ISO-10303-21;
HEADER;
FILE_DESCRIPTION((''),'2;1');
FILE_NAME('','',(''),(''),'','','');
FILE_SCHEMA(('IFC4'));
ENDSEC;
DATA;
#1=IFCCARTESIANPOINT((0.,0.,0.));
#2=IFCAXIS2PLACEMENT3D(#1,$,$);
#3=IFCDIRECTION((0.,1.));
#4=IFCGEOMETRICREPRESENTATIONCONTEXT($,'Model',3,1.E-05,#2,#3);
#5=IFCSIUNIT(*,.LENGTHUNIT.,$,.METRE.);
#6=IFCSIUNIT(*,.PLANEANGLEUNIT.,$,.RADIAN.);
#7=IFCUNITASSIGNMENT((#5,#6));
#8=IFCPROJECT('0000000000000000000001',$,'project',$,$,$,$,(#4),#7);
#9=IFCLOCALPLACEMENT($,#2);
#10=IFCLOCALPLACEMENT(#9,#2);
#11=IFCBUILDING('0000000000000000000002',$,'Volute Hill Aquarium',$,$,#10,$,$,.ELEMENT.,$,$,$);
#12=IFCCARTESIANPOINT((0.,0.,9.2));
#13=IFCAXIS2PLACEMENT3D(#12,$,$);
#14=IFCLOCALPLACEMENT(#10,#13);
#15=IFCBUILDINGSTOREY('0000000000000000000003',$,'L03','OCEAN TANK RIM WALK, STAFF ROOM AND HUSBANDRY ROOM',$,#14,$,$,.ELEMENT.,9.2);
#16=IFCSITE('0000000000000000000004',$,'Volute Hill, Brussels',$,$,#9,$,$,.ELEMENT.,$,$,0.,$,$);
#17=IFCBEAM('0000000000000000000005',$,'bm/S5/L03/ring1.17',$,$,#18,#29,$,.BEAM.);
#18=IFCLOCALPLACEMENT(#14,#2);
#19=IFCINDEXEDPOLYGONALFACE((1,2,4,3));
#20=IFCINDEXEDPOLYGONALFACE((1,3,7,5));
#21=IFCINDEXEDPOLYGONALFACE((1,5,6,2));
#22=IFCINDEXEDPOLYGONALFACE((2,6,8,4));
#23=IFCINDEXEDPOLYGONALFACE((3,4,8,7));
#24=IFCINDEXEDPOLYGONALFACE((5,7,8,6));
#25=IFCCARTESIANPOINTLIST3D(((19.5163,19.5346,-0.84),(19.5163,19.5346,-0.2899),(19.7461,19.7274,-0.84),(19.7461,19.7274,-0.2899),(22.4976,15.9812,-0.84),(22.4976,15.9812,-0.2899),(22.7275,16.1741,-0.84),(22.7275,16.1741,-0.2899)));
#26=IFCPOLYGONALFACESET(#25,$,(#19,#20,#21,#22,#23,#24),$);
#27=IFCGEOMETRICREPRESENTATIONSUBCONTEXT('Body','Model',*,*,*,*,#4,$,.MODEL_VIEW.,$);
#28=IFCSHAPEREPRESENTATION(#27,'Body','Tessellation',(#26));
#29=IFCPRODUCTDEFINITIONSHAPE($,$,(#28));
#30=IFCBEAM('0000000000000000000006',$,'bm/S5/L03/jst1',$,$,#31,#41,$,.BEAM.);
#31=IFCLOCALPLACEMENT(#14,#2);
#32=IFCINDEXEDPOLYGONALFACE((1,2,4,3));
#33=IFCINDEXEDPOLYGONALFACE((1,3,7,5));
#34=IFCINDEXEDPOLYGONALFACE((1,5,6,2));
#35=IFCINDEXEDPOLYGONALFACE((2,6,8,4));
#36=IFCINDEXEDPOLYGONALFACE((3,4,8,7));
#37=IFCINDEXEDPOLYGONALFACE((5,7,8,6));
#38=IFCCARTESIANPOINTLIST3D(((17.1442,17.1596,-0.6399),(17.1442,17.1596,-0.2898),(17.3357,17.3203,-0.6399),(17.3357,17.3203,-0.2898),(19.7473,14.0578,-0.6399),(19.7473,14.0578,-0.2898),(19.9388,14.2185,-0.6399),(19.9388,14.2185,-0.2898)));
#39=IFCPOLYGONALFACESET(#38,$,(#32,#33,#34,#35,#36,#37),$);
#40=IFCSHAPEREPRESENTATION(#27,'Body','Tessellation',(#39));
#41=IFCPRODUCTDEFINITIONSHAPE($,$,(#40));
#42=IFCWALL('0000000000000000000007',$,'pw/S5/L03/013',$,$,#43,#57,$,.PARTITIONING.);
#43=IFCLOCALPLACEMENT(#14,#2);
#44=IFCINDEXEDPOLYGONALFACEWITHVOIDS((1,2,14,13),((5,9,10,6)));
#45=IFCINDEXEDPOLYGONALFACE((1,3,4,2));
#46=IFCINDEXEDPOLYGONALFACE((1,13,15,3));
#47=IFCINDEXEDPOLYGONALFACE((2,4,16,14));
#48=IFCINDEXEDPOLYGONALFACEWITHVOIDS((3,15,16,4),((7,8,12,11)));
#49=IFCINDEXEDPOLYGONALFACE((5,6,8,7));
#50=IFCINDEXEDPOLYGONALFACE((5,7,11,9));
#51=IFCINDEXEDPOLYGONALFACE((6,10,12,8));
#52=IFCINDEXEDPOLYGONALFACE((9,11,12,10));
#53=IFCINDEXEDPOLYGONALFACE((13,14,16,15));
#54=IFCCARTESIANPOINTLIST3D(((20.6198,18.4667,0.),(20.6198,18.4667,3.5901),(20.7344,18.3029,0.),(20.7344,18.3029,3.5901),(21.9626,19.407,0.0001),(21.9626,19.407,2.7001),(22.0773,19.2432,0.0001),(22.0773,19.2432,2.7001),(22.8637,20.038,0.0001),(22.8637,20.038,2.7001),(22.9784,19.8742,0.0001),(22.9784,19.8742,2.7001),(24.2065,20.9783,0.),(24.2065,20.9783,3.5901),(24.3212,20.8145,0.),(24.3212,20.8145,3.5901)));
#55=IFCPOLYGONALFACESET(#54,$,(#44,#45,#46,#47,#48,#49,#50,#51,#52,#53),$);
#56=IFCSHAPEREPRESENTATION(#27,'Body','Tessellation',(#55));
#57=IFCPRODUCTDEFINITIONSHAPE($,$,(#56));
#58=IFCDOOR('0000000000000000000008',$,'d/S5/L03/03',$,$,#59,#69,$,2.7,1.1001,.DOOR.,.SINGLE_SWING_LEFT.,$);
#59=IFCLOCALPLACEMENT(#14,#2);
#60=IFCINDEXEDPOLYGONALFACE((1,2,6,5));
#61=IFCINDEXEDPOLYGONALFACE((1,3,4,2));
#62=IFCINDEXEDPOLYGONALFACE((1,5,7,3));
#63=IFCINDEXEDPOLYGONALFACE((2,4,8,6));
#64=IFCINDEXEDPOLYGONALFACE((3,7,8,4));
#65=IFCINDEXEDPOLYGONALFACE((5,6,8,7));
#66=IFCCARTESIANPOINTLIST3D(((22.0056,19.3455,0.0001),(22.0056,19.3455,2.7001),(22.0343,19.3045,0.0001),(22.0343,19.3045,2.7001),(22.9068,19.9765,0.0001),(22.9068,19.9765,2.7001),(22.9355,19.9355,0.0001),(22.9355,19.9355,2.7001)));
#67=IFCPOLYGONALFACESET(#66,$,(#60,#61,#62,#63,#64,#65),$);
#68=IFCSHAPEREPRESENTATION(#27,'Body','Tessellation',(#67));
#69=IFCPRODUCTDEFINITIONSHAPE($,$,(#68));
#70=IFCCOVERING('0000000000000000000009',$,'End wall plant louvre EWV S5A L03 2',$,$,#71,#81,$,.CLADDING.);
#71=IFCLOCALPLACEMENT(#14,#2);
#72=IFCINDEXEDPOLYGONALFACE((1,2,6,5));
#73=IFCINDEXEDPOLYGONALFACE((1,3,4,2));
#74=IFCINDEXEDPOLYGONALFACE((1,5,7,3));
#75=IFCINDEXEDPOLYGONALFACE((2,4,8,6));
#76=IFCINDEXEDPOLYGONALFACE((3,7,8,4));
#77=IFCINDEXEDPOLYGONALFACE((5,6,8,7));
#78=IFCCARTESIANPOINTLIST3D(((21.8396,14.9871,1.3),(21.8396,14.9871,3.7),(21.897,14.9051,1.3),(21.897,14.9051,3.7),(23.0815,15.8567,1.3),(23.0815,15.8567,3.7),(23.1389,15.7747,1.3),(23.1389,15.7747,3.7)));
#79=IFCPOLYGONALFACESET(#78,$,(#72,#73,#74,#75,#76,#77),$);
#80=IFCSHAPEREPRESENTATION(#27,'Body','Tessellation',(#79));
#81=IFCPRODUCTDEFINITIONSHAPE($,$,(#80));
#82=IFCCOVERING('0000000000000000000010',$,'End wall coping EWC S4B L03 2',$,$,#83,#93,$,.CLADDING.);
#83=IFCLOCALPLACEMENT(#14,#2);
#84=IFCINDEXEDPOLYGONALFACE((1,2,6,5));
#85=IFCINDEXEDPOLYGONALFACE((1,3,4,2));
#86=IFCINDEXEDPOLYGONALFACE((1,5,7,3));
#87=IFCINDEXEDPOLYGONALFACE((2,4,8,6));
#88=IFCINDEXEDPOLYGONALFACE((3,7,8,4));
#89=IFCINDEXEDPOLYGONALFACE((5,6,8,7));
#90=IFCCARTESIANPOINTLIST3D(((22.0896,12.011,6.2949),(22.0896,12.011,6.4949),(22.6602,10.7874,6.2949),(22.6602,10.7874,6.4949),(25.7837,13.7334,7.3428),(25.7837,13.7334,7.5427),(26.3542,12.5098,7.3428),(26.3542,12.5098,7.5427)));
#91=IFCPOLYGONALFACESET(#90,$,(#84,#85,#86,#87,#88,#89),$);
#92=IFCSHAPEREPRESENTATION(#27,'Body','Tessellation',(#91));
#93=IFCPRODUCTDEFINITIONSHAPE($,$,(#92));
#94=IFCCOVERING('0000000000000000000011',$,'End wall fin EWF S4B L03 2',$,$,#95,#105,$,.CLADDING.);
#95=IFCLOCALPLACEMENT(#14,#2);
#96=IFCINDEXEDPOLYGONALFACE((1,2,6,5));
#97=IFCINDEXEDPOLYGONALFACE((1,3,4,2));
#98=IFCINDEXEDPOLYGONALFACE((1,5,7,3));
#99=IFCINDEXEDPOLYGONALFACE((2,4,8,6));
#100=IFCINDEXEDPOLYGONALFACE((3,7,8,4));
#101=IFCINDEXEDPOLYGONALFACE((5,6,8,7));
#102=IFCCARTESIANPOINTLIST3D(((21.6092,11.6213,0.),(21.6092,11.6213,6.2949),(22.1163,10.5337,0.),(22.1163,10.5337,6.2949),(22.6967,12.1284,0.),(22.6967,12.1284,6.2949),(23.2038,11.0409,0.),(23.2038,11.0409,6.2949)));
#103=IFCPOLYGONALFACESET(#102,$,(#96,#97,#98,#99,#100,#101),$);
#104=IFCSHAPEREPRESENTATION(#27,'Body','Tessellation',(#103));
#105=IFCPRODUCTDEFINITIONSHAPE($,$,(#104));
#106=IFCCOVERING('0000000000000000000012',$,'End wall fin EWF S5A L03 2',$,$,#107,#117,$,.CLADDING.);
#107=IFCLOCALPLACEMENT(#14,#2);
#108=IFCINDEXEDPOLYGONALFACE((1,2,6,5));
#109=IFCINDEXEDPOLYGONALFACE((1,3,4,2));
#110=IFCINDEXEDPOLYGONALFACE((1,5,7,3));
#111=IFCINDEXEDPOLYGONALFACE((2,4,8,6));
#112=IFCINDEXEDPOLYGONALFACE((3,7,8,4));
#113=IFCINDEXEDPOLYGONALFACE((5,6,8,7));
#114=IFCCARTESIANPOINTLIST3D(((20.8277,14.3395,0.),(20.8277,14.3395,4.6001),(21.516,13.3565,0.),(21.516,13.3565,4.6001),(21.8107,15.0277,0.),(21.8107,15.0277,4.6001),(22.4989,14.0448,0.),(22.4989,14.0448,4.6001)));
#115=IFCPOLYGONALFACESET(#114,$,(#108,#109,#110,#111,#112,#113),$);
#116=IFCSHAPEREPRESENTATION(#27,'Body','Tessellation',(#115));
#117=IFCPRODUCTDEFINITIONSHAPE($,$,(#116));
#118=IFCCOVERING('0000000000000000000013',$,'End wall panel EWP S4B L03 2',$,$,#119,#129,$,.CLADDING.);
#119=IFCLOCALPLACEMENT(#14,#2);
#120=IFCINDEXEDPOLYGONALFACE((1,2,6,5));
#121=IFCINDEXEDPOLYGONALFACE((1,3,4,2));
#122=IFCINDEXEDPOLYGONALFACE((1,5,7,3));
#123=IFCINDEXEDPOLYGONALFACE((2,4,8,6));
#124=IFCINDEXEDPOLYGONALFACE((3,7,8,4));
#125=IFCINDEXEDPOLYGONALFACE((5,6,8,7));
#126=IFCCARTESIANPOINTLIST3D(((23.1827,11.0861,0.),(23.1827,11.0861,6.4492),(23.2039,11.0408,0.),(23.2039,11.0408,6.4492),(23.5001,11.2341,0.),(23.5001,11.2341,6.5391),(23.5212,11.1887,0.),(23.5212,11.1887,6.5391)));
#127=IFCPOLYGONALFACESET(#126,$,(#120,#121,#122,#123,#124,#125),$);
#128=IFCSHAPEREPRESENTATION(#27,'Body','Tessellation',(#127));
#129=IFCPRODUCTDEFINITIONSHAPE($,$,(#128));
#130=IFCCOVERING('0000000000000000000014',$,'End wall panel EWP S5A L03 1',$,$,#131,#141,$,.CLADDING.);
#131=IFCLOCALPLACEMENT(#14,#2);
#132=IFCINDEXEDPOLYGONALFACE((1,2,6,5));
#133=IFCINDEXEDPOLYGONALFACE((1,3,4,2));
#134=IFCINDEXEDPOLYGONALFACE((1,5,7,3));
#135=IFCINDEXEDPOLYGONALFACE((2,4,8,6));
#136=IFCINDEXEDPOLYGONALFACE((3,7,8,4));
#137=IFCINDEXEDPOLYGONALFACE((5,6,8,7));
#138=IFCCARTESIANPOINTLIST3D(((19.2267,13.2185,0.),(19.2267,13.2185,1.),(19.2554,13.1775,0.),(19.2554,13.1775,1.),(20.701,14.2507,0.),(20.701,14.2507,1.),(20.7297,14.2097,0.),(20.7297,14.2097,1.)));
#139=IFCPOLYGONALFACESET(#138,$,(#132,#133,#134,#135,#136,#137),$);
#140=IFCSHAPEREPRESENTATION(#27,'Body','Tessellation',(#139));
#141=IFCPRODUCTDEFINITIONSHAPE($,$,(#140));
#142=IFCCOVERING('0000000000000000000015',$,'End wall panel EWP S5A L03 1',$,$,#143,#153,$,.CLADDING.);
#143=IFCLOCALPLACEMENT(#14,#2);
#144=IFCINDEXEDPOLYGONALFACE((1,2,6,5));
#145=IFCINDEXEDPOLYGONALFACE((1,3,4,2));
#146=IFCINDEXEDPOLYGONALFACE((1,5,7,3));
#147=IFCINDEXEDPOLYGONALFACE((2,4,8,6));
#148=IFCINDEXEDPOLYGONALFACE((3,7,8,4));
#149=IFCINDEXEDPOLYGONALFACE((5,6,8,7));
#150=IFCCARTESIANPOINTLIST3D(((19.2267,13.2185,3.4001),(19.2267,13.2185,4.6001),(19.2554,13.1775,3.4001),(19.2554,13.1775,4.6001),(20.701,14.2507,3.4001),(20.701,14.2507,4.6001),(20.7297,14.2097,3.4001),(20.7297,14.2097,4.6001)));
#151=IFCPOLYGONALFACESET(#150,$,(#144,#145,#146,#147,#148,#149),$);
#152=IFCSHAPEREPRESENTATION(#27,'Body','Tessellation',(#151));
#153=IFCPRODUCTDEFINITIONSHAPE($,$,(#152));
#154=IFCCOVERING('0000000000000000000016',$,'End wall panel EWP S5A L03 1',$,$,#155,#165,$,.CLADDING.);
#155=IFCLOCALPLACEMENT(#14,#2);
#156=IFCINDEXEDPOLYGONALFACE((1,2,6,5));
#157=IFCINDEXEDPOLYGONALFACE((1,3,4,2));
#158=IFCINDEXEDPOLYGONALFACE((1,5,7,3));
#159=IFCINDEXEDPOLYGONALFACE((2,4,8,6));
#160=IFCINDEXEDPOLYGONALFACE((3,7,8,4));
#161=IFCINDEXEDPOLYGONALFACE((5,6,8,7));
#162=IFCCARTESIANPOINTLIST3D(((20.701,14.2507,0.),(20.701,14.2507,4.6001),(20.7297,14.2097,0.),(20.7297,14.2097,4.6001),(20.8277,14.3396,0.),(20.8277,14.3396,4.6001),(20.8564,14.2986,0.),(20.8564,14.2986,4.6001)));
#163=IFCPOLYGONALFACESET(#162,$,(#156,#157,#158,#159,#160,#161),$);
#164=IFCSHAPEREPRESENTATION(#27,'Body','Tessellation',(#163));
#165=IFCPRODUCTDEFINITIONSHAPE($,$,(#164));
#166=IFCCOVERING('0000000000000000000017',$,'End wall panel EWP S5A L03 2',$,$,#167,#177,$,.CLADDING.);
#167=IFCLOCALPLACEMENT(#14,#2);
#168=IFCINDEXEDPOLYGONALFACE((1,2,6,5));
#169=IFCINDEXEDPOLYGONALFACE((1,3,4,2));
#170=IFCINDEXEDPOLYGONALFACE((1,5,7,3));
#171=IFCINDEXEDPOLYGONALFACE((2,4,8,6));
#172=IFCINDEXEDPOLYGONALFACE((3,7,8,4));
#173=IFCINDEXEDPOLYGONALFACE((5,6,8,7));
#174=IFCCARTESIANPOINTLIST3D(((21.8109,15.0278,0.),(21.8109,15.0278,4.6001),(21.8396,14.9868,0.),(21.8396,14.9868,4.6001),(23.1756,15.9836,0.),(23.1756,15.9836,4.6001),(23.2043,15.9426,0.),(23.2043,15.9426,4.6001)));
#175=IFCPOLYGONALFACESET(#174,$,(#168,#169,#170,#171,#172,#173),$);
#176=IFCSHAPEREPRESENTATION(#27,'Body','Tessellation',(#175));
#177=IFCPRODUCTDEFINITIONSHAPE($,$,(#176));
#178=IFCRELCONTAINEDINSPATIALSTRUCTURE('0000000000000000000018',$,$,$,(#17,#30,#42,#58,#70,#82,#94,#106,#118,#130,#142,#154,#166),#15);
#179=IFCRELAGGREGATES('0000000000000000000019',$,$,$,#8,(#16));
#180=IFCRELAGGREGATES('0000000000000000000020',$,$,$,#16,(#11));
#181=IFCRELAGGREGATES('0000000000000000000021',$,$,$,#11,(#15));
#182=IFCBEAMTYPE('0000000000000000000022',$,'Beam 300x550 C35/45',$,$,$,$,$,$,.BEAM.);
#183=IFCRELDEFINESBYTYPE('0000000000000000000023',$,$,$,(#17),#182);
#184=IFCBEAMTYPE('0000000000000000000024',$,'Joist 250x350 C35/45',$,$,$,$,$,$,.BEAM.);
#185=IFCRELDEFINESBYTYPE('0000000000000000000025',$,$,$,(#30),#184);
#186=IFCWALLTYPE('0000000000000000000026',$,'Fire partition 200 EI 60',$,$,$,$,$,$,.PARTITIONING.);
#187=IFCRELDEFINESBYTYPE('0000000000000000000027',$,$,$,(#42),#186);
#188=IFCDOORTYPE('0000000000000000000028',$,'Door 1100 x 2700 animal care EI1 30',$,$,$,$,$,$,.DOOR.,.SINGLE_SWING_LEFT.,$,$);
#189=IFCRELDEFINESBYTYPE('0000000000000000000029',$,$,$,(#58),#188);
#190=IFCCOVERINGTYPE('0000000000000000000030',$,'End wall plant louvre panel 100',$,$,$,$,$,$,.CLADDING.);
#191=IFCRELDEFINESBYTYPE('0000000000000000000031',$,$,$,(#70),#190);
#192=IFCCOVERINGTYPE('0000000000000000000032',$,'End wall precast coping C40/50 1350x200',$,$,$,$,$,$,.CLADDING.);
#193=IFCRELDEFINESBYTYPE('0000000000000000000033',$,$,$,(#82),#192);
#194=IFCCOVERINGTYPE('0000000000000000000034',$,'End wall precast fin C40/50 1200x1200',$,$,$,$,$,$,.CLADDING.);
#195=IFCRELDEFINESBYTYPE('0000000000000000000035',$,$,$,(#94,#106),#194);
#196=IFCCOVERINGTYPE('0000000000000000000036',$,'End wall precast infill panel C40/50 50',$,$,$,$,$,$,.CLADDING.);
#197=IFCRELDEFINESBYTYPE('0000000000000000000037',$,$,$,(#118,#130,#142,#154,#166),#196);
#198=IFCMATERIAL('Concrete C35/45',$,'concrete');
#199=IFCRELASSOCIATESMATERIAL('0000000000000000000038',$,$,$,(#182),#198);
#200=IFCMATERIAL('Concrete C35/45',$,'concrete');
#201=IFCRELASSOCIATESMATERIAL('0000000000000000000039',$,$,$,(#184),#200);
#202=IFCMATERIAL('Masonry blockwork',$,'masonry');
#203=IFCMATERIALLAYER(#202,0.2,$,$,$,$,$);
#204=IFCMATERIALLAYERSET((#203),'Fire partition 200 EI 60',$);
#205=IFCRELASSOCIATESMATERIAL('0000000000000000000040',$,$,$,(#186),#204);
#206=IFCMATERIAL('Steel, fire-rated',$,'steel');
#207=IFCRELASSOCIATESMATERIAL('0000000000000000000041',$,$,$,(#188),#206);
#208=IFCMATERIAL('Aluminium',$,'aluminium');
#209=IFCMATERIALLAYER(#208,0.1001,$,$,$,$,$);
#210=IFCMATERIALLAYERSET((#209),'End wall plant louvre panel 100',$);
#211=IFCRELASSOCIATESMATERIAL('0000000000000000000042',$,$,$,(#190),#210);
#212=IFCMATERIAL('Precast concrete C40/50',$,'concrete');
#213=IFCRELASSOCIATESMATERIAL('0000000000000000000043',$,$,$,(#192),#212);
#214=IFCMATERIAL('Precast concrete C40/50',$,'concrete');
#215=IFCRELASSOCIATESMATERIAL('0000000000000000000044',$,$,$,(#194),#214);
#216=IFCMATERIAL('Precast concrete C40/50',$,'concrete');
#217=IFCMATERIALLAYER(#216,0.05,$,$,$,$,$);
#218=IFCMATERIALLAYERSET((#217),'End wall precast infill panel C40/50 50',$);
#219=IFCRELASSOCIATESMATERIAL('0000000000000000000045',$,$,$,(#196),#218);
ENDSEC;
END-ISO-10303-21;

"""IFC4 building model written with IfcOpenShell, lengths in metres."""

from ifc_helpers import new_model, si_unit, direction, frame, frame_2d, origin, origin_2d, place, context, subcontext, project, spatial, polyline, rectangle, outline, extrude, material, layer, layer_set, material_profile, profile_set, type_object, element, fill, save


model = new_model("IFC4")

# Units and contexts
model_context = context("Model", 3, precision=1e-05, world=origin(), true_north=direction((0.0, 1.0)))
body_context = subcontext(model_context, "Body", "Model", "MODEL_VIEW")
ifc_project = project(units=[si_unit("LENGTHUNIT", "METRE"), si_unit("PLANEANGLEUNIT", "RADIAN")], contexts=[model_context])

# Site, building, storey
site_placement = place(None, origin())
site = spatial("IfcSite", under=ifc_project, at=site_placement, Name="Volute Hill, Brussels", CompositionType="ELEMENT", RefElevation=0.0)
building_placement = place(site_placement, origin())
building = spatial("IfcBuilding", under=site, at=building_placement, Name="Volute Hill Aquarium", CompositionType="ELEMENT")
storey_placement = place(building_placement, frame((0.0, 0.0, 9.2)))
storey = spatial("IfcBuildingStorey", under=building, at=storey_placement, Name="L03", Description="OCEAN TANK RIM WALK, STAFF ROOM AND HUSBANDRY ROOM", CompositionType="ELEMENT", Elevation=9.2)

# Beams
ifc_material_1 = material(Name="Concrete C35/45", Category="concrete")
ifc_material_profile_1 = material_profile(ifc_material_1, rectangle(XDim=0.3, YDim=0.55, at=origin_2d()), Name="RC beam 300x550")
ifc_profile_set_1 = profile_set([ifc_material_profile_1], Name="Concrete C35/45")
beam_type_1 = type_object("IfcBeamType", Name="Beam 300x550 C35/45", PredefinedType="BEAM", material=ifc_profile_set_1)
beam_1_placement = place(storey_placement, frame((22.6125, 16.0776, -0.5649), z_axis=(-0.642754, 0.766073, 0.0), x_axis=(-0.766073, -0.642754, 0.0)))
element("IfcBeam", 1, at=beam_1_placement, inside=storey, type_object=beam_type_1, Name="bm/S5/L03/ring1.17", PredefinedType="BEAM", context=body_context, shape_type="SweptSolid", body=[
    extrude(rectangle(XDim=0.3, YDim=0.55, at=origin_2d()), origin(), (0.0, 0.0, 1.0), 4.6384),
])
ifc_material_2 = material(Name="Concrete C35/45", Category="concrete")
ifc_material_profile_2 = material_profile(ifc_material_2, rectangle(XDim=0.25, YDim=0.3501, at=origin_2d()), Name="RC joist 250x350")
ifc_profile_set_2 = profile_set([ifc_material_profile_2], Name="Concrete C35/45")
beam_type_2 = type_object("IfcBeamType", Name="Joist 250x350 C35/45", PredefinedType="BEAM", material=ifc_profile_set_2)
beam_2_placement = place(storey_placement, frame((19.843, 14.1382, -0.4648), z_axis=(-0.642831, 0.766008, 0.0), x_axis=(-0.766008, -0.642831, 0.0)))
element("IfcBeam", 2, at=beam_2_placement, inside=storey, type_object=beam_type_2, Name="bm/S5/L03/jst1", PredefinedType="BEAM", context=body_context, shape_type="SweptSolid", body=[
    extrude(rectangle(XDim=0.25, YDim=0.3501, at=origin_2d()), origin(), (0.0, 0.0, 1.0), 4.0493),
])

# Wall, opening, door
ifc_material_3 = material(Name="Masonry blockwork", Category="masonry")
ifc_layer_1 = layer(ifc_material_3, 0.2)
ifc_layer_set_1 = layer_set([ifc_layer_1], Name="Fire partition 200 EI 60")
wall_type = type_object("IfcWallType", Name="Fire partition 200 EI 60", PredefinedType="PARTITIONING", material=ifc_layer_set_1)
wall_placement = place(storey_placement, frame((20.677, 18.3848, 0.0), z_axis=(0.0, 0.0, 1.0), x_axis=(0.819145, 0.573586, 0.0)))
wall = element("IfcWall", 3, at=wall_placement, inside=storey, type_object=wall_type, Name="pw/S5/L03/013", PredefinedType="PARTITIONING", context=body_context, shape_type="SweptSolid", body=[
    extrude(rectangle(XDim=4.3787, YDim=0.2, at=frame_2d((2.1895, 0.0))), origin(), (0.0, 0.0, 1.0), 3.5901),
])
opening_placement = place(wall_placement, frame((1.6394, 0.0, 0.0)))
opening = element("IfcOpeningElement", 4, at=opening_placement, cuts=wall, PredefinedType="OPENING", context=body_context, shape_type="SweptSolid", body=[
    extrude(rectangle(XDim=1.1001, YDim=2.7, at=frame_2d((0.55, 1.3501))), frame((0.0, 0.1099, 0.0), z_axis=(0.0, -1.0, 0.0), x_axis=(1.0, 0.0, 0.0)), (0.0, 0.0, 1.0), 0.22),
])
ifc_material_4 = material(Name="Steel, fire-rated", Category="steel")
door_type = type_object("IfcDoorType", Name="Door 1100 x 2700 animal care EI1 30", OperationType="SINGLE_SWING_LEFT", PredefinedType="DOOR", material=ifc_material_4)
door_placement = place(opening_placement, origin())
door = element("IfcDoor", 5, at=door_placement, inside=storey, type_object=door_type, Name="d/S5/L03/03", OperationType="SINGLE_SWING_LEFT", OverallHeight=2.7, OverallWidth=1.1001, PredefinedType="DOOR", context=body_context, shape_type="SweptSolid", body=[
    extrude(rectangle(XDim=1.1001, YDim=2.7, at=frame_2d((0.55, 1.3501))), frame((0.0, 0.0249, 0.0), z_axis=(0.0, -1.0, 0.0), x_axis=(1.0, 0.0, 0.0)), (0.0, 0.0, 1.0), 0.05),
])
fill(opening, door)

# Coverings
ifc_material_5 = material(Name="Aluminium", Category="aluminium")
ifc_layer_2 = layer(ifc_material_5, 0.1001)
ifc_layer_set_2 = layer_set([ifc_layer_2], Name="End wall plant louvre panel 100")
covering_type_1 = type_object("IfcCoveringType", Name="End wall plant louvre panel 100", PredefinedType="CLADDING", material=ifc_layer_set_2)
covering_1_placement = place(storey_placement, frame((22.4893, 15.3809, 1.3), z_axis=(0.0, 0.0, 1.0), x_axis=(0.81915, 0.573579, 0.0)))
element("IfcCovering", 6, at=covering_1_placement, inside=storey, type_object=covering_type_1, Name="End wall plant louvre EWV S5A L03 2", PredefinedType="CLADDING", context=body_context, shape_type="SweptSolid", body=[
    extrude(rectangle(XDim=1.5161, YDim=0.1001, at=origin_2d()), origin(), (0.0, 0.0, 1.0), 2.3999),
])
ifc_material_6 = material(Name="Precast concrete C40/50", Category="concrete")
covering_type_2 = type_object("IfcCoveringType", Name="End wall precast coping C40/50 1350x200", PredefinedType="CLADDING", material=ifc_material_6)
covering_2_placement = place(storey_placement, frame((22.6602, 10.7874, 6.2949), z_axis=(0.422584, -0.906324, 0.0), x_axis=(0.877781, 0.409275, 0.248988)))
element("IfcCovering", 7, at=covering_2_placement, inside=storey, type_object=covering_type_2, Name="End wall coping EWC S4B L03 2", PredefinedType="CLADDING", context=body_context, shape_type="SweptSolid", body=[
    extrude(outline(polyline([(0.0, 0.0), (4.2084, 0.0), (4.2582, 0.1937), (0.0498, 0.1937), (0.0, 0.0)])), origin(), (0.0, 0.0, -1.0), 1.3501),
])
ifc_material_7 = material(Name="Precast concrete C40/50", Category="concrete")
covering_type_3 = type_object("IfcCoveringType", Name="End wall precast fin C40/50 1200x1200", PredefinedType="CLADDING", material=ifc_material_7)
covering_3_placement = place(storey_placement, frame((22.4065, 11.3311, 0.0), z_axis=(0.0, 0.0, 1.0), x_axis=(0.906307, 0.42262, 0.0)))
element("IfcCovering", 8, at=covering_3_placement, inside=storey, type_object=covering_type_3, Name="End wall fin EWF S4B L03 2", PredefinedType="CLADDING", context=body_context, shape_type="SweptSolid", body=[
    extrude(rectangle(XDim=1.2, YDim=1.2, at=origin_2d()), origin(), (0.0, 0.0, 1.0), 6.2949),
])
covering_4_placement = place(storey_placement, frame((21.6633, 14.1921, 0.0), z_axis=(0.0, 0.0, 1.0), x_axis=(0.81915, 0.573579, 0.0)))
element("IfcCovering", 9, at=covering_4_placement, inside=storey, type_object=covering_type_3, Name="End wall fin EWF S5A L03 2", PredefinedType="CLADDING", context=body_context, shape_type="SweptSolid", body=[
    extrude(rectangle(XDim=1.2, YDim=1.2, at=origin_2d()), origin(), (0.0, 0.0, 1.0), 4.6001),
])
ifc_material_8 = material(Name="Precast concrete C40/50", Category="concrete")
ifc_layer_3 = layer(ifc_material_8, 0.05)
ifc_layer_set_3 = layer_set([ifc_layer_3], Name="End wall precast infill panel C40/50 50")
covering_type_4 = type_object("IfcCoveringType", Name="End wall precast infill panel C40/50 50", PredefinedType="CLADDING", material=ifc_layer_set_3)
covering_5_placement = place(storey_placement, frame((23.2039, 11.0408, 0.0), z_axis=(0.422504, -0.906361, 0.0), x_axis=(0.906361, 0.422504, 0.0)))
element("IfcCovering", 10, at=covering_5_placement, inside=storey, type_object=covering_type_4, Name="End wall panel EWP S4B L03 2", PredefinedType="CLADDING", context=body_context, shape_type="SweptSolid", body=[
    extrude(outline(polyline([(0.0, 0.0), (0.3502, 0.0), (0.3502, 6.5391), (0.0, 6.4492), (0.0, 0.0)])), origin(), (0.0, 0.0, -1.0), 0.05),
])
covering_6_placement = place(storey_placement, frame((19.2554, 13.1775, 0.0), z_axis=(0.573526, -0.819187, 0.0), x_axis=(0.819187, 0.573526, 0.0)))
element("IfcCovering", 11, at=covering_6_placement, inside=storey, type_object=covering_type_4, Name="End wall panel EWP S5A L03 1", PredefinedType="CLADDING", context=body_context, shape_type="SweptSolid", body=[
    extrude(outline(polyline([(0.0, 0.0), (1.7998, 0.0), (1.7998, 1.0), (0.0, 1.0), (0.0, 0.0)])), origin(), (0.0, 0.0, -1.0), 0.05),
])
covering_7_placement = place(storey_placement, frame((19.2554, 13.1775, 3.4001), z_axis=(0.573526, -0.819187, 0.0), x_axis=(0.819187, 0.573526, 0.0)))
element("IfcCovering", 12, at=covering_7_placement, inside=storey, type_object=covering_type_4, Name="End wall panel EWP S5A L03 1", PredefinedType="CLADDING", context=body_context, shape_type="SweptSolid", body=[
    extrude(outline(polyline([(0.0, 0.0), (1.7998, 0.0), (1.7998, 1.2), (0.0, 1.2), (0.0, 0.0)])), origin(), (0.0, 0.0, -1.0), 0.05),
])
covering_8_placement = place(storey_placement, frame((20.7297, 14.2097, 0.0), z_axis=(0.574203, -0.818713, 0.0), x_axis=(0.818713, 0.574203, 0.0)))
element("IfcCovering", 13, at=covering_8_placement, inside=storey, type_object=covering_type_4, Name="End wall panel EWP S5A L03 1", PredefinedType="CLADDING", context=body_context, shape_type="SweptSolid", body=[
    extrude(outline(polyline([(0.0, 0.0), (0.1548, 0.0), (0.1548, 4.6001), (0.0, 4.6001), (0.0, 0.0)])), origin(), (0.0, 0.0, -1.0), 0.05),
])
covering_9_placement = place(storey_placement, frame((21.8396, 14.9868, 0.0), z_axis=(0.573659, -0.819094, 0.0), x_axis=(0.819094, 0.573659, 0.0)))
element("IfcCovering", 14, at=covering_9_placement, inside=storey, type_object=covering_type_4, Name="End wall panel EWP S5A L03 2", PredefinedType="CLADDING", context=body_context, shape_type="SweptSolid", body=[
    extrude(outline(polyline([(0.0, 0.0), (1.6662, 0.0), (1.6662, 4.6001), (0.0, 4.6001), (0.0, 0.0)])), origin(), (0.0, 0.0, -1.0), 0.05),
])

save(model, "model.ifc")
